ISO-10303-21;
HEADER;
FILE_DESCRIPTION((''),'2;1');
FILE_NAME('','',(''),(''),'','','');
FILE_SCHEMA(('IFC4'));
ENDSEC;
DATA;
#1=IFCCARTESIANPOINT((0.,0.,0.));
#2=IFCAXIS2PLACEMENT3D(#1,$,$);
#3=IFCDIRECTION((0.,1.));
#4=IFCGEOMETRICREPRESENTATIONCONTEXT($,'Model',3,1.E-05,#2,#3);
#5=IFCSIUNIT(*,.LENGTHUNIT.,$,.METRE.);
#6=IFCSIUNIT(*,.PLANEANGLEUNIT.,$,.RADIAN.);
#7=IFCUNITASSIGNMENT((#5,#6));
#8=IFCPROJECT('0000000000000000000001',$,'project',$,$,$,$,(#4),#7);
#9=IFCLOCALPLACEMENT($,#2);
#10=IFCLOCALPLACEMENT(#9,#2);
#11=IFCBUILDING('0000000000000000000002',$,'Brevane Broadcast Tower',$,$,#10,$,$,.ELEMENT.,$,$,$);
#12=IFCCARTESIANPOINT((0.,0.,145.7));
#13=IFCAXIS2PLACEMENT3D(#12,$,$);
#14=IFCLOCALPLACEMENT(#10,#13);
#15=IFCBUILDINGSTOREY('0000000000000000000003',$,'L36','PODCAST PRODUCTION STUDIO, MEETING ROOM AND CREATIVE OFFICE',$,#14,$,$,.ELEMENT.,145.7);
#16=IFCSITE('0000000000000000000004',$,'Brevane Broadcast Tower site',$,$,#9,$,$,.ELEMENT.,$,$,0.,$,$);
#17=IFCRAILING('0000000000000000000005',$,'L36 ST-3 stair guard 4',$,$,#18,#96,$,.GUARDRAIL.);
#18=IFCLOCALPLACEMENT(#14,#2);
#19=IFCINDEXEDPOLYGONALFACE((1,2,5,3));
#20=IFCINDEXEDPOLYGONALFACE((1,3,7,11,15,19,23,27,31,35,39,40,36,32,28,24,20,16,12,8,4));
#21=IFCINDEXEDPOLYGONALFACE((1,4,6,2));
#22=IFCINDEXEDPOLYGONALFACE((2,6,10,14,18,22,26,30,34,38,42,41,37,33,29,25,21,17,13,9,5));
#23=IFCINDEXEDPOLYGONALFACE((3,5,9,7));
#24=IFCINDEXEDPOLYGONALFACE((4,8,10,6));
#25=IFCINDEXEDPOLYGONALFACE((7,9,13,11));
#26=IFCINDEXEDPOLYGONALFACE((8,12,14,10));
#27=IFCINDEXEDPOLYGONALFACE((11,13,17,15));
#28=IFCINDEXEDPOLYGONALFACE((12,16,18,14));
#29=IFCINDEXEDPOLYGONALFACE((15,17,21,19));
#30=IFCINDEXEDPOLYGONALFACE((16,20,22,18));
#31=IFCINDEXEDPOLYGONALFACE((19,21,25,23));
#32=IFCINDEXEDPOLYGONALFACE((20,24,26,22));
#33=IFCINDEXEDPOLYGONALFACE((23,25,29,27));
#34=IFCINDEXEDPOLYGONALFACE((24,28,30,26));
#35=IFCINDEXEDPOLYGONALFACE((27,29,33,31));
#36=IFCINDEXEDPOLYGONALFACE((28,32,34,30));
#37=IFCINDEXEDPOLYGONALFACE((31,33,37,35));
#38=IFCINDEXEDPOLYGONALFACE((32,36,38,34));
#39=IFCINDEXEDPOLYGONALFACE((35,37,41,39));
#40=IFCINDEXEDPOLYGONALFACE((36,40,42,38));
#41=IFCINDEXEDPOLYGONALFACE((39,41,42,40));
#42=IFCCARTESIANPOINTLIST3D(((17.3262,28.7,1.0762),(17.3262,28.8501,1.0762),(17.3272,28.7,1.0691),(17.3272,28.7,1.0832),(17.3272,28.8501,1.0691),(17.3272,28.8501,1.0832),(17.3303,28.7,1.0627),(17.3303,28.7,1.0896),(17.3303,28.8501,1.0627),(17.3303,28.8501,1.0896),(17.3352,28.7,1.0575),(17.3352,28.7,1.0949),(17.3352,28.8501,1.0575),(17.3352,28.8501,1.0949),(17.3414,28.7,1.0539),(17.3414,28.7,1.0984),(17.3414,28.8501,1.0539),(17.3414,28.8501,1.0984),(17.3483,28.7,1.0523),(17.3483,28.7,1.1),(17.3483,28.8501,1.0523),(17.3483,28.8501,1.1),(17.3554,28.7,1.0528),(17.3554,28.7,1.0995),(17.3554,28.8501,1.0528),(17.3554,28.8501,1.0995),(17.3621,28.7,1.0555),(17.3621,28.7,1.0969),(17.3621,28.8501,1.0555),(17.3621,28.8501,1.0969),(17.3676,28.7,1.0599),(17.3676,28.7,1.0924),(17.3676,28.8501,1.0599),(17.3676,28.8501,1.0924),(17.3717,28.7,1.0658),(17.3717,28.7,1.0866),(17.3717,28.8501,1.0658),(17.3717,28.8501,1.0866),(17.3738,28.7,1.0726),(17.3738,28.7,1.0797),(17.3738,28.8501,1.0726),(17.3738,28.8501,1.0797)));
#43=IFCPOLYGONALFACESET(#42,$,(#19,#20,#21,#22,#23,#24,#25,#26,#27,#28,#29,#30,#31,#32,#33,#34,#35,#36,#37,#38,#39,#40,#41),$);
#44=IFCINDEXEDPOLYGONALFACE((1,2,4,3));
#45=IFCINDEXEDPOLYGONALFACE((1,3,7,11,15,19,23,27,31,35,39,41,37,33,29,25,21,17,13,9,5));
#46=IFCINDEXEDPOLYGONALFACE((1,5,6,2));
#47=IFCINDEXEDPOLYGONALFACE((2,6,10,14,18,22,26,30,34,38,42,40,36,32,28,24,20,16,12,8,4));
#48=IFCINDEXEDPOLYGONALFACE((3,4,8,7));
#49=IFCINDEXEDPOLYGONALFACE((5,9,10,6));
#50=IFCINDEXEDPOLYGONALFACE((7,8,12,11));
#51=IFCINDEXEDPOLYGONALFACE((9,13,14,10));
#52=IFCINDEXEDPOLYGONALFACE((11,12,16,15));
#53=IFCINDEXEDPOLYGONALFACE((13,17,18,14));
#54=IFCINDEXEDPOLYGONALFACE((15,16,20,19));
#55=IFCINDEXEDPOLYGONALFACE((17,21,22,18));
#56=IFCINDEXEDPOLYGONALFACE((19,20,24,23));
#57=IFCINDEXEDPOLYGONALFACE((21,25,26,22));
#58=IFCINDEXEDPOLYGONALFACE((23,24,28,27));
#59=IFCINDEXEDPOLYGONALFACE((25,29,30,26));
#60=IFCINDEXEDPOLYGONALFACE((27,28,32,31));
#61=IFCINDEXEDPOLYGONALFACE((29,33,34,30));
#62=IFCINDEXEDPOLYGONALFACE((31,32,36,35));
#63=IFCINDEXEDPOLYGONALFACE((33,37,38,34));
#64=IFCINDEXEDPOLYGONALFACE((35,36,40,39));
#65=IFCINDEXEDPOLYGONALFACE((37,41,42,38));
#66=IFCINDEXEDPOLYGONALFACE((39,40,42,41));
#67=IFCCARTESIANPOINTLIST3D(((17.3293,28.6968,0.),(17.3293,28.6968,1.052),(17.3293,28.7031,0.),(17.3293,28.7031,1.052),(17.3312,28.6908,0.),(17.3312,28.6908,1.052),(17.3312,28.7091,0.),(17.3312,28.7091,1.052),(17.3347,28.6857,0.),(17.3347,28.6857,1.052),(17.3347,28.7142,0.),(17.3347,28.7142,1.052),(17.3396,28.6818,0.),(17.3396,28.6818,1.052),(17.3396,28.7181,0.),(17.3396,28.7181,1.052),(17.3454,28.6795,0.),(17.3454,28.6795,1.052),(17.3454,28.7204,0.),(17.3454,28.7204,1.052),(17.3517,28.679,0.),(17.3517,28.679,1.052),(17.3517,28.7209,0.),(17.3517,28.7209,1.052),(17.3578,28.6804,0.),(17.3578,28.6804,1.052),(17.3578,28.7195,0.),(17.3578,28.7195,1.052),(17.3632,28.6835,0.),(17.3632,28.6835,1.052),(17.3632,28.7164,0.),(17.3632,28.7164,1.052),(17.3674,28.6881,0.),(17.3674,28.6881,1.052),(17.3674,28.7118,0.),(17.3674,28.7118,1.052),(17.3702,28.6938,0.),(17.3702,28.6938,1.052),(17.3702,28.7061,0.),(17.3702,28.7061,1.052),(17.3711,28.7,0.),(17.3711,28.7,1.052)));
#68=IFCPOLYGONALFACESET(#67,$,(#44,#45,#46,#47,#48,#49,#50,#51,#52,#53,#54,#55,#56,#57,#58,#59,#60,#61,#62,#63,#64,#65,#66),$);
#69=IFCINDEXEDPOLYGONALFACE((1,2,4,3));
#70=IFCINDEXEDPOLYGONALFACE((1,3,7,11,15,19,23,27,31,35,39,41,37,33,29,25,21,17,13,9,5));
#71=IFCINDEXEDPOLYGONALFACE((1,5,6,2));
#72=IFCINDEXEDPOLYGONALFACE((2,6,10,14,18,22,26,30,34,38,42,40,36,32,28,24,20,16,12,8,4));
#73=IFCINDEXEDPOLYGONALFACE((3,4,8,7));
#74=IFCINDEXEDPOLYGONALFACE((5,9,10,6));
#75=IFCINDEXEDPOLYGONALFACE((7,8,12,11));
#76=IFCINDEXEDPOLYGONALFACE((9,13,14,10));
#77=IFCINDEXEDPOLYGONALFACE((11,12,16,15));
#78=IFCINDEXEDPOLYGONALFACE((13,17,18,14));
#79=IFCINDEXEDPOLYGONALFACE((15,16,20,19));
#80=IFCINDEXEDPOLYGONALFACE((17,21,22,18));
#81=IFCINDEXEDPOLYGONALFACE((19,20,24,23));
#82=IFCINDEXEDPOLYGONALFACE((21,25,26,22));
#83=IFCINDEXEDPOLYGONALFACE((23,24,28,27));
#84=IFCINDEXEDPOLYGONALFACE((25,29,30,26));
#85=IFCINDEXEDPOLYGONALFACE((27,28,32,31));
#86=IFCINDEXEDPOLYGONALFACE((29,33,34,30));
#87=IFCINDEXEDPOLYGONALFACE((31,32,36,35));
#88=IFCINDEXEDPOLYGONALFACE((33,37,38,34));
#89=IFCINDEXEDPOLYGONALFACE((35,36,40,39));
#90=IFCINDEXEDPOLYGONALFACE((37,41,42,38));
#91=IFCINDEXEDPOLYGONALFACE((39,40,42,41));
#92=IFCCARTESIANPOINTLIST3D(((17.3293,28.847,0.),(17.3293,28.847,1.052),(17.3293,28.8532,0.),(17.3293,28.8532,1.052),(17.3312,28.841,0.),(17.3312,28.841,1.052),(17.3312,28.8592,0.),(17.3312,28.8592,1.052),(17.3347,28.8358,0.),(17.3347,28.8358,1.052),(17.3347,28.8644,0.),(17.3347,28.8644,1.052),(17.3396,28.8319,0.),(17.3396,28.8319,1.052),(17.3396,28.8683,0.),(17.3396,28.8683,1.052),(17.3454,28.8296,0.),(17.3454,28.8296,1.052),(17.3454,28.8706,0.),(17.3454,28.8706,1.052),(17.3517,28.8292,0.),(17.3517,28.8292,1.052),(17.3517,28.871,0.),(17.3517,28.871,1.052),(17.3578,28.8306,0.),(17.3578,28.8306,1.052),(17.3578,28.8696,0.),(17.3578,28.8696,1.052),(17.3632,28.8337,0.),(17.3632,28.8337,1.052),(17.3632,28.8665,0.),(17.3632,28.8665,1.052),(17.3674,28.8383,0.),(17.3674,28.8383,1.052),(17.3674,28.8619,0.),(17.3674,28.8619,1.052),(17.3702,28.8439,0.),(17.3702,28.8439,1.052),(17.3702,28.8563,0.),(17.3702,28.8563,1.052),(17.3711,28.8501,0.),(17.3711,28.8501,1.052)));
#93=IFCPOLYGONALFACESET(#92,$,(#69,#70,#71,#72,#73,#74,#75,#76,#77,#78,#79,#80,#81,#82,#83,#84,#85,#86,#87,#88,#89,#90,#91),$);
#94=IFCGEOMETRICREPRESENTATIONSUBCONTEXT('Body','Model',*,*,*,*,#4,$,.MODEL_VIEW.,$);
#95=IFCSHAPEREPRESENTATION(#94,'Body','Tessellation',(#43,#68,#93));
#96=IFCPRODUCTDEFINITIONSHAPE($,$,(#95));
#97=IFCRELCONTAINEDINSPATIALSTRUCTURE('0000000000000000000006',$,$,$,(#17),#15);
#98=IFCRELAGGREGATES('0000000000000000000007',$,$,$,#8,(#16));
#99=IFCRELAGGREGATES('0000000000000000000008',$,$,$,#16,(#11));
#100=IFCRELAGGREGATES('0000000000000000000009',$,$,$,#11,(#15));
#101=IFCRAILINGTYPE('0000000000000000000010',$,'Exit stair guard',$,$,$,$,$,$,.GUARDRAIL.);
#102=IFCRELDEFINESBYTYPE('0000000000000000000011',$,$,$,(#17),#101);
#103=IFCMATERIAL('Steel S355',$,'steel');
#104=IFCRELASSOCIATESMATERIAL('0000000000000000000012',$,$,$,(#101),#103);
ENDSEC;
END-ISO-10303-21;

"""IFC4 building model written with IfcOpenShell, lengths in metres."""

from ifc_helpers import new_model, si_unit, direction, frame, origin, origin_2d, place, context, subcontext, project, spatial, circle, extrude, material, type_object, element, save


model = new_model("IFC4")

# Units and contexts
model_context = context("Model", 3, precision=1e-05, world=origin(), true_north=direction((0.0, 1.0)))
body_context = subcontext(model_context, "Body", "Model", "MODEL_VIEW")
ifc_project = project(units=[si_unit("LENGTHUNIT", "METRE"), si_unit("PLANEANGLEUNIT", "RADIAN")], contexts=[model_context])

# Site, building, storey
site_placement = place(None, origin())
site = spatial("IfcSite", under=ifc_project, at=site_placement, Name="Brevane Broadcast Tower site", CompositionType="ELEMENT", RefElevation=0.0)
building_placement = place(site_placement, origin())
building = spatial("IfcBuilding", under=site, at=building_placement, Name="Brevane Broadcast Tower", CompositionType="ELEMENT")
storey_placement = place(building_placement, frame((0.0, 0.0, 145.7)))
storey = spatial("IfcBuildingStorey", under=building, at=storey_placement, Name="L36", Description="PODCAST PRODUCTION STUDIO, MEETING ROOM AND CREATIVE OFFICE", CompositionType="ELEMENT", Elevation=145.7)

# Railing
ifc_material_1 = material(Name="Steel S355", Category="steel")
railing_type_1 = type_object("IfcRailingType", Name="Exit stair guard", PredefinedType="GUARDRAIL", material=ifc_material_1)
railing_1_placement = place(storey_placement, frame((17.3501, 28.7, 0.0)))
element("IfcRailing", 1, at=railing_1_placement, inside=storey, type_object=railing_type_1, Name="L36 ST-3 stair guard 4", PredefinedType="GUARDRAIL", context=body_context, shape_type="SweptSolid", body=[
    extrude(circle(Radius=0.0239, at=origin_2d()), frame((0.0, 0.0, 1.0762), z_axis=(0.0, 1.0, 0.0), x_axis=(-1.0, 0.0, 0.0)), (0.0, 0.0, 1.0), 0.1501),
    extrude(circle(Radius=0.021, at=origin_2d()), origin(), (0.0, 0.0, 1.0), 1.052),
    extrude(circle(Radius=0.021, at=origin_2d()), frame((0.0, 0.1501, 0.0)), (0.0, 0.0, 1.0), 1.052),
])

save(model, "model.ifc")
